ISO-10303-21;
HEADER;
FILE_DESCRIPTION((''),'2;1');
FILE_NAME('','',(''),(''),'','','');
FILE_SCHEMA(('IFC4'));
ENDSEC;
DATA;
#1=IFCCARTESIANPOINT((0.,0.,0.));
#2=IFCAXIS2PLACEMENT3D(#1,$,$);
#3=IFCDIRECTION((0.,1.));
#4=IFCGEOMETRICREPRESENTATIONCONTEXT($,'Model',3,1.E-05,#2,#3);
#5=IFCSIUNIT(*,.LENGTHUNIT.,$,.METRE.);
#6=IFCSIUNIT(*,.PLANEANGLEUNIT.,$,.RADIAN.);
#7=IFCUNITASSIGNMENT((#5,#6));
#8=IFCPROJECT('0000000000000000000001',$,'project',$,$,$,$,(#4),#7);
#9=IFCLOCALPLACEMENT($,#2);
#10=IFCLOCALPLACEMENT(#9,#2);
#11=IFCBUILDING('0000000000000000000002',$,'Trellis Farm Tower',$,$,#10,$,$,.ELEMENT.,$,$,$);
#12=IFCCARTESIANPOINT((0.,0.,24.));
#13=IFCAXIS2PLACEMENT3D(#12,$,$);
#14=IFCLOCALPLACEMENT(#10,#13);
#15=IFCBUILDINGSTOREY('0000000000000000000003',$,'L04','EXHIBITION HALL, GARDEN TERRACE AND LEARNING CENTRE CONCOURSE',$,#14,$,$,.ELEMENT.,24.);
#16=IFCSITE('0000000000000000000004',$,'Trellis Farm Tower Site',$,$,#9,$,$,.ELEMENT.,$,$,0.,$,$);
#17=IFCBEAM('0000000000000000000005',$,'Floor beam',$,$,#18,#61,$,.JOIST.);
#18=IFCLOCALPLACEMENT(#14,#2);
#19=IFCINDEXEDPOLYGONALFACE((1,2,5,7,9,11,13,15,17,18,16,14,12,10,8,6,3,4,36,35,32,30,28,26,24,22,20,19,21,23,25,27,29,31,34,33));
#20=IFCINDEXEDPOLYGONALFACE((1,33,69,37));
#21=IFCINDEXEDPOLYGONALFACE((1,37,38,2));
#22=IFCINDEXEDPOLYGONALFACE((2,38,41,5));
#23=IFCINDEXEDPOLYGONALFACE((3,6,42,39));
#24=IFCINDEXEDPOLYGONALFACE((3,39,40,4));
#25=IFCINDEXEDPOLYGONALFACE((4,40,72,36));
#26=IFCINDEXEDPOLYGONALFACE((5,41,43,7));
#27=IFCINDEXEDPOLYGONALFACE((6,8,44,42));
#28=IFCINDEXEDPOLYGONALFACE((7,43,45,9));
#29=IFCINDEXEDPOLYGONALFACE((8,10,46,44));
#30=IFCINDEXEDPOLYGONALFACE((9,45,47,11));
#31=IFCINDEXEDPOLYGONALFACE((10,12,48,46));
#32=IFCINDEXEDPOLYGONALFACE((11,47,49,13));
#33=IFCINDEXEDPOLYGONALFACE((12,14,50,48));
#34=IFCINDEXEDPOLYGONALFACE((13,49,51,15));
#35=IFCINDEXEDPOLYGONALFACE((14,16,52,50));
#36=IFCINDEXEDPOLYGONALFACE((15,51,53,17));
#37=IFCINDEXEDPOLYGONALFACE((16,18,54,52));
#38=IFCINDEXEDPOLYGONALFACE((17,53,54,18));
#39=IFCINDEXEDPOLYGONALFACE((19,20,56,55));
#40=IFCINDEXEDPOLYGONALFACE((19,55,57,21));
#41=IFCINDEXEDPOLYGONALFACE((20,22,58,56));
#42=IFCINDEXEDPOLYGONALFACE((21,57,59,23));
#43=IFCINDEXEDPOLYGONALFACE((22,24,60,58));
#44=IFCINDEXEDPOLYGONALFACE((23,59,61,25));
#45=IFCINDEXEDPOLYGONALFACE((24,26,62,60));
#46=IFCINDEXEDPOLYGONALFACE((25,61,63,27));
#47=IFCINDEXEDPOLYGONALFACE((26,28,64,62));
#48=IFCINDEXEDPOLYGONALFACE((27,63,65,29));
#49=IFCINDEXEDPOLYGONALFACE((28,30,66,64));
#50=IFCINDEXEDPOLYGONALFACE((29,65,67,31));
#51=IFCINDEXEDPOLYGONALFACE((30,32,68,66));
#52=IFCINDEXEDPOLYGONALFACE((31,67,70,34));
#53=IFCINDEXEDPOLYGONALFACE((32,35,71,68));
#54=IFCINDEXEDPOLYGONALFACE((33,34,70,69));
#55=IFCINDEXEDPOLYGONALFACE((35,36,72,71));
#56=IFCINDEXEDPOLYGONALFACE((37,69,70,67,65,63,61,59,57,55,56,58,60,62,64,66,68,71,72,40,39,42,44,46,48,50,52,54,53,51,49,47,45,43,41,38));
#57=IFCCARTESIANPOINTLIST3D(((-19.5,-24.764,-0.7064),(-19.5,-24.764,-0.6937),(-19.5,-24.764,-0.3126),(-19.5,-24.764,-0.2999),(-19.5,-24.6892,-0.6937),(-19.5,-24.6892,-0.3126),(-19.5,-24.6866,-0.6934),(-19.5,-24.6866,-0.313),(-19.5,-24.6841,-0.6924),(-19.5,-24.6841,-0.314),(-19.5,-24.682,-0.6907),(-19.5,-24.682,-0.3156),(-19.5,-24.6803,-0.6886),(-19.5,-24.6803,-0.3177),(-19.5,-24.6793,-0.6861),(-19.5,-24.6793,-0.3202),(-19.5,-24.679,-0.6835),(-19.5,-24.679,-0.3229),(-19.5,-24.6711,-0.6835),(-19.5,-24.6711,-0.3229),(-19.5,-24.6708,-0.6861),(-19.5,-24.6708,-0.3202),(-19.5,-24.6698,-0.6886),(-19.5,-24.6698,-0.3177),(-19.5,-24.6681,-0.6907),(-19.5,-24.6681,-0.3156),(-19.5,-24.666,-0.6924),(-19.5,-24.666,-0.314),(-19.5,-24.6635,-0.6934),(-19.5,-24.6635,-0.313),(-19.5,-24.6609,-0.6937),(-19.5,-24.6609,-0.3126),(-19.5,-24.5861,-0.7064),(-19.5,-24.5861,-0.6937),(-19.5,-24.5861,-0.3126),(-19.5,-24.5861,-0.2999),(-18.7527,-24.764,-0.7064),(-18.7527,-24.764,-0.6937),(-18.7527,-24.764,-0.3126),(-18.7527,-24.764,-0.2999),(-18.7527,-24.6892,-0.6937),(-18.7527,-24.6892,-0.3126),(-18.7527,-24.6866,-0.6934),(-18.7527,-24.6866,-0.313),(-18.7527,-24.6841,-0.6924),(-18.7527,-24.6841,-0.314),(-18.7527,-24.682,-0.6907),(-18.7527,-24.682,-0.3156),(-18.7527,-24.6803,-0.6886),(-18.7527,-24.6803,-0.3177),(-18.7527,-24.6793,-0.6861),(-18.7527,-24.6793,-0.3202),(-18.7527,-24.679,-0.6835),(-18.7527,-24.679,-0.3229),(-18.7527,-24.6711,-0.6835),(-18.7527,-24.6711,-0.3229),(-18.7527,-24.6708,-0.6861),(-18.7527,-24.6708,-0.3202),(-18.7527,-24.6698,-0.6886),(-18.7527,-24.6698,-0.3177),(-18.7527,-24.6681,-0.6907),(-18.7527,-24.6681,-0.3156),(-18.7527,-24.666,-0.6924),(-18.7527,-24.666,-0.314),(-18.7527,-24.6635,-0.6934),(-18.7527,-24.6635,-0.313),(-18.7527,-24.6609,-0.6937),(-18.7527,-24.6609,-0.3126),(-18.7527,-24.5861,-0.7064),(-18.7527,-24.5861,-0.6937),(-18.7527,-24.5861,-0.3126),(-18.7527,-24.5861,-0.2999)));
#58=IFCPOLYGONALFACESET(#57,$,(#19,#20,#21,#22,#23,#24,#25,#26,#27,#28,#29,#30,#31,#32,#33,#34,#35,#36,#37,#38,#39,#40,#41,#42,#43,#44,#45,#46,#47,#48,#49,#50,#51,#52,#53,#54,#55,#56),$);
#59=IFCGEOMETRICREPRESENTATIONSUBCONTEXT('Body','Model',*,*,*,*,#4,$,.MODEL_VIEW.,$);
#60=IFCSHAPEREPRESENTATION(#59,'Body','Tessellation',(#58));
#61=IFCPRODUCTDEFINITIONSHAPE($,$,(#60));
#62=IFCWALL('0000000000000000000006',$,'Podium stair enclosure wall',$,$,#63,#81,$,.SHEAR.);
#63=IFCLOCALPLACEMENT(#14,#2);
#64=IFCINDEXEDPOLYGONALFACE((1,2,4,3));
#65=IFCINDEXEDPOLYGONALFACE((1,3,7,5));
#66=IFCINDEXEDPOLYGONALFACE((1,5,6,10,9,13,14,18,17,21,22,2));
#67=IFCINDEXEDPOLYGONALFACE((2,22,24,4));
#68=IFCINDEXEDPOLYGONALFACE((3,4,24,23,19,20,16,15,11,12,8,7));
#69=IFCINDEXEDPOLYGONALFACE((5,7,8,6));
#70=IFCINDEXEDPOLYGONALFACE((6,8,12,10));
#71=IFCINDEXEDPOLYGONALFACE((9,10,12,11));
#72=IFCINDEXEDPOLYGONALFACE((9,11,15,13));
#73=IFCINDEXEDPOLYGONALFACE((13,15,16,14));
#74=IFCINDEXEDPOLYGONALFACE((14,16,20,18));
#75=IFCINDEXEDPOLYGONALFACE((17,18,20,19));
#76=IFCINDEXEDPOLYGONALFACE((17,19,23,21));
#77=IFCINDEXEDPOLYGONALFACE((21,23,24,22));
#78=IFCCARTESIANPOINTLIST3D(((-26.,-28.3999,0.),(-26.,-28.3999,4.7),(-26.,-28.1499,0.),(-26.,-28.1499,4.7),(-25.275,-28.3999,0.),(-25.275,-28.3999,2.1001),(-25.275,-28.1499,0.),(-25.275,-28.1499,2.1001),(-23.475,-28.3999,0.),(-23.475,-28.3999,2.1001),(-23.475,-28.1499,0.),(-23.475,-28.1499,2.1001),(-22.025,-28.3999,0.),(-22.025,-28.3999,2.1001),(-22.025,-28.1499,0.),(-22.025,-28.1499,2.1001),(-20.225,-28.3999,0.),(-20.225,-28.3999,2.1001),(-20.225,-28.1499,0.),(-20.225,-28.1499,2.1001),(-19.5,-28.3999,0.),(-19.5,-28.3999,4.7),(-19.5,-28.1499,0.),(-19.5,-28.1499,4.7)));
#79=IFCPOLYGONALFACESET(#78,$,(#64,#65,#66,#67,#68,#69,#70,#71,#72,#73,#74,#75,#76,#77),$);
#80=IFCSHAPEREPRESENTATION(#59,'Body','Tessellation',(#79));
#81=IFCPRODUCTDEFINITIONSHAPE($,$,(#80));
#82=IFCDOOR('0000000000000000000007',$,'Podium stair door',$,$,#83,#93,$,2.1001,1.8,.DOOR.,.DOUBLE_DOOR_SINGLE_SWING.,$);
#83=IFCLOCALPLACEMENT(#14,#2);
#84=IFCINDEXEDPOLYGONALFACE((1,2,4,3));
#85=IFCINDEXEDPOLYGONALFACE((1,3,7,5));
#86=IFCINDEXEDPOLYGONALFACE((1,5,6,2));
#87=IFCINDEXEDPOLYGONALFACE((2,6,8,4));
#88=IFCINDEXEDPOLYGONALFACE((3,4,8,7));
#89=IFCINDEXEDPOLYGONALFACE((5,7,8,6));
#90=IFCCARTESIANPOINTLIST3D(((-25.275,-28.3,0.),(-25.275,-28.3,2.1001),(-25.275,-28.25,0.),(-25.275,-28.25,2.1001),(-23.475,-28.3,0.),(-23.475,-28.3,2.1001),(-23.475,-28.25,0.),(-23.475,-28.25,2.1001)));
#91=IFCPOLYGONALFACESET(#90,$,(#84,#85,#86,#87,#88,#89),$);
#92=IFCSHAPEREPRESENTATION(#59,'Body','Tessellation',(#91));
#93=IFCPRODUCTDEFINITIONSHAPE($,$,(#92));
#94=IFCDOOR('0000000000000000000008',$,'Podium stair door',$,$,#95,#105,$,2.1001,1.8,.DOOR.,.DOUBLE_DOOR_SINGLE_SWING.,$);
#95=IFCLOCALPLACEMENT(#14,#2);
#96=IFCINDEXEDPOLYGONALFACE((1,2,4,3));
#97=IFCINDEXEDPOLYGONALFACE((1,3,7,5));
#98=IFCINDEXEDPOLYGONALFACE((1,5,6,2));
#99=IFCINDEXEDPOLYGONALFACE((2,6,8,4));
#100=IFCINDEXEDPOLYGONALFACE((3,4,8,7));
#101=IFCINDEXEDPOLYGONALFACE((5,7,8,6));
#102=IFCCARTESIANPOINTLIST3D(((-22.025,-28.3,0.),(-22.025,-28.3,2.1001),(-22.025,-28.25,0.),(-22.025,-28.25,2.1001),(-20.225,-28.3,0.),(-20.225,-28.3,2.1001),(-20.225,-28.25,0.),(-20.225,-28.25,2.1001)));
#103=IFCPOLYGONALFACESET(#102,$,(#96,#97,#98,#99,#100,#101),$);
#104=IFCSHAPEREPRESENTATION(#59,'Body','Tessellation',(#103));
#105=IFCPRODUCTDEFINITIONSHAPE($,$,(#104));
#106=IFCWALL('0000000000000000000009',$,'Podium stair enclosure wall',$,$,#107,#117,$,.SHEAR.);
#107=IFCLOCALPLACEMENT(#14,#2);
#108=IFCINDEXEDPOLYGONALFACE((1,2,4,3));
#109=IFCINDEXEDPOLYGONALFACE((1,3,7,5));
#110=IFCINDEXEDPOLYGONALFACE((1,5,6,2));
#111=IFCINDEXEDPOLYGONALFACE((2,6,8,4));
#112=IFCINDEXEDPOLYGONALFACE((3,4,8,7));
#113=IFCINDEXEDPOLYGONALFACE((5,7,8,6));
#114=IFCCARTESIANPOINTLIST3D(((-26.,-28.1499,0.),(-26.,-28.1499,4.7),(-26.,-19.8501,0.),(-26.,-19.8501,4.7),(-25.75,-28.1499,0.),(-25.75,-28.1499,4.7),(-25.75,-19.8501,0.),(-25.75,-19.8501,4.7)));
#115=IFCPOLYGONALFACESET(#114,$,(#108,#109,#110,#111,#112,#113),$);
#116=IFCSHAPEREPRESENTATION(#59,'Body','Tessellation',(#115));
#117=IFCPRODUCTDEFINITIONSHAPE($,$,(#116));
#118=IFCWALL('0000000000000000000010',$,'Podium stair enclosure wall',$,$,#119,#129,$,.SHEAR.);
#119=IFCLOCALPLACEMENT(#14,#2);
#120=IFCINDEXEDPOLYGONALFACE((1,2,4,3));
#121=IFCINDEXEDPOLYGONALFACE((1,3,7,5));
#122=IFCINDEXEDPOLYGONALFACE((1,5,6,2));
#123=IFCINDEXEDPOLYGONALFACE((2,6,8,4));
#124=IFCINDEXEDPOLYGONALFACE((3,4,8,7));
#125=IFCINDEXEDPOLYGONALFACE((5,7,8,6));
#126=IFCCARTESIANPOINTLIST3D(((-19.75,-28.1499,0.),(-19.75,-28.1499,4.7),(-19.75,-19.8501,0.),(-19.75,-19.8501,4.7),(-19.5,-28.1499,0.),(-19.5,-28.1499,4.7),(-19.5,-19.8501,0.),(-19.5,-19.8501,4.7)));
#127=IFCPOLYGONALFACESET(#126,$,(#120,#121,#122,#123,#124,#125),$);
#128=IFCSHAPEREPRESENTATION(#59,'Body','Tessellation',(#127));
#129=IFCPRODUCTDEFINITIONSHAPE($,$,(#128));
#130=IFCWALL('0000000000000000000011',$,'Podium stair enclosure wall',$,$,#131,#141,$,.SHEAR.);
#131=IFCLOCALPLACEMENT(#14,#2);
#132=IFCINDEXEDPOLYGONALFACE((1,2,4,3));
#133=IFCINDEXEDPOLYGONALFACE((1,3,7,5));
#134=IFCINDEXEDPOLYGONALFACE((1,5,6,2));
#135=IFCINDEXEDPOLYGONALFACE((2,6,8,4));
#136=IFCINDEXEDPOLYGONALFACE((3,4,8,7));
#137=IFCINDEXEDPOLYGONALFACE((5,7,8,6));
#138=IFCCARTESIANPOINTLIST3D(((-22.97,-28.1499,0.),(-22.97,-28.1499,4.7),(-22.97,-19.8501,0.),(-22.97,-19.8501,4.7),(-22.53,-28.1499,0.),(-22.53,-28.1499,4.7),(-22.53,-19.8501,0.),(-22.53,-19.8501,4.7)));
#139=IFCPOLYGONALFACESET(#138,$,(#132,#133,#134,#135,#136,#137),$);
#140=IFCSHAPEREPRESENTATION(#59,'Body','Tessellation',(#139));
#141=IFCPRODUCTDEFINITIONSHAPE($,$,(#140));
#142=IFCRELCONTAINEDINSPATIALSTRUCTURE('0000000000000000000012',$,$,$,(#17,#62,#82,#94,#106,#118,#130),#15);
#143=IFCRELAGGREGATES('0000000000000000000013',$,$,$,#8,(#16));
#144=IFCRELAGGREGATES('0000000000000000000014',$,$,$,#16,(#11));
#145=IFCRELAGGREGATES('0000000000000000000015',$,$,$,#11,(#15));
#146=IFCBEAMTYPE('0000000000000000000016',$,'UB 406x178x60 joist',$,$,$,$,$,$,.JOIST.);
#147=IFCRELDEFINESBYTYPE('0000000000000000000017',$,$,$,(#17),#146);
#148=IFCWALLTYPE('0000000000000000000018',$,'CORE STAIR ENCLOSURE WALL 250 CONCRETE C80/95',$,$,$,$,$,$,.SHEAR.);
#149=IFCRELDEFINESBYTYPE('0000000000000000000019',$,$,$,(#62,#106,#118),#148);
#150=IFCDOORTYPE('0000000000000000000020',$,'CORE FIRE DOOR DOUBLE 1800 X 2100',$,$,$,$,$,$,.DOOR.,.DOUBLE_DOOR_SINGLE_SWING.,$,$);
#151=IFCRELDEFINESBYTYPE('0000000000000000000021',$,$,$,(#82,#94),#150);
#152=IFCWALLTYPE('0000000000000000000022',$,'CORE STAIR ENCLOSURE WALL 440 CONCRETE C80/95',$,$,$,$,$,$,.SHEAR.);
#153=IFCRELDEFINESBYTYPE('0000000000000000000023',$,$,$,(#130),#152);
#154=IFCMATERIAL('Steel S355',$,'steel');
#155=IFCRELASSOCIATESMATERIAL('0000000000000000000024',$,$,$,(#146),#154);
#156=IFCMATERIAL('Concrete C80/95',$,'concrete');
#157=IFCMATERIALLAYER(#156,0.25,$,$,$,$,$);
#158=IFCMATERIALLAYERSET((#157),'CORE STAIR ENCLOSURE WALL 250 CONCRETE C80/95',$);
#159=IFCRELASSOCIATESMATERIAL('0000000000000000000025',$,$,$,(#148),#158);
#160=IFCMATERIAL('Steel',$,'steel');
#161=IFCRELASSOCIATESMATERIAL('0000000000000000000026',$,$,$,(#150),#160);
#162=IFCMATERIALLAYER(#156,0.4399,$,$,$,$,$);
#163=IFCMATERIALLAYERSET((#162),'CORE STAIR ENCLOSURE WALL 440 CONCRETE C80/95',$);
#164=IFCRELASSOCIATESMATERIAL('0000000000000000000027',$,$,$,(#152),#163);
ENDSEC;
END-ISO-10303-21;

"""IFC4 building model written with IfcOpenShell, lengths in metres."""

from ifc_helpers import new_model, si_unit, direction, frame, frame_2d, origin, origin_2d, place, context, subcontext, project, spatial, rectangle, i_section, extrude, source, transform, mapped, material, layer, layer_set, material_profile, profile_set, type_object, element, fill, save


model = new_model("IFC4")

# Units and contexts
model_context = context("Model", 3, precision=1e-05, world=origin(), true_north=direction((0.0, 1.0)))
body_context = subcontext(model_context, "Body", "Model", "MODEL_VIEW")
ifc_project = project(units=[si_unit("LENGTHUNIT", "METRE"), si_unit("PLANEANGLEUNIT", "RADIAN")], contexts=[model_context])

# Site, building, storey
site_placement = place(None, origin())
site = spatial("IfcSite", under=ifc_project, at=site_placement, Name="Trellis Farm Tower Site", CompositionType="ELEMENT", RefElevation=0.0)
building_placement = place(site_placement, origin())
building = spatial("IfcBuilding", under=site, at=building_placement, Name="Trellis Farm Tower", CompositionType="ELEMENT")
storey_placement = place(building_placement, frame((0.0, 0.0, 24.0)))
storey = spatial("IfcBuildingStorey", under=building, at=storey_placement, Name="L04", Description="EXHIBITION HALL, GARDEN TERRACE AND LEARNING CENTRE CONCOURSE", CompositionType="ELEMENT", Elevation=24.0)

# Beam
ifc_material_1 = material(Name="Steel S355", Category="steel")
ifc_material_profile_1 = material_profile(ifc_material_1, i_section(OverallWidth=0.178, OverallDepth=0.4065, WebThickness=0.0078, FlangeThickness=0.0127, FilletRadius=0.0103, at=origin_2d()), Name="UB 406x178x60")
ifc_profile_set_1 = profile_set([ifc_material_profile_1], Name="Steel S355")
beam_type_1 = type_object("IfcBeamType", Name="UB 406x178x60 joist", PredefinedType="JOIST", material=ifc_profile_set_1)
shared_shape_1 = source(origin(), body_context, "Body", "SweptSolid", [
    extrude(i_section(OverallWidth=0.178, OverallDepth=0.4065, WebThickness=0.0078, FlangeThickness=0.0127, FilletRadius=0.0103, at=origin_2d()), origin(), (0.0, 0.0, 1.0), 0.7473),
])
for number, where, z_axis, x_axis, name in (
    (1, (-19.5, -24.675, -0.5032), (1.0, 0.0, 0.0), (0.0, 1.0, 0.0), "Floor beam"),
):
    element("IfcBeam", number, at=place(storey_placement, frame(where, z_axis=z_axis, x_axis=x_axis)), inside=storey, type_object=beam_type_1, Name=name, PredefinedType="JOIST", context=body_context, shape_type="MappedRepresentation", body=[
        mapped(shared_shape_1, transform((0.0, 0.0, 0.0))),
    ])

# Wall, openings, doors
ifc_material_2 = material(Name="Concrete C80/95", Category="concrete")
ifc_layer_1 = layer(ifc_material_2, 0.25)
ifc_layer_set_1 = layer_set([ifc_layer_1], Name="CORE STAIR ENCLOSURE WALL 250 CONCRETE C80/95")
wall_type_1 = type_object("IfcWallType", Name="CORE STAIR ENCLOSURE WALL 250 CONCRETE C80/95", PredefinedType="SHEAR", material=ifc_layer_set_1)
shared_shape_2 = source(origin(), body_context, "Body", "SweptSolid", [
    extrude(rectangle(XDim=6.5, YDim=0.25, at=frame_2d((3.25, 0.0))), origin(), (0.0, 0.0, 1.0), 4.7),
])
wall_1_placement = place(storey_placement, frame((-26.0, -28.2749, 0.0), z_axis=(0.0, 0.0, 1.0), x_axis=(1.0, 0.0, 0.0)))
wall_1 = element("IfcWall", 2, at=wall_1_placement, inside=storey, type_object=wall_type_1, Name="Podium stair enclosure wall", PredefinedType="SHEAR", context=body_context, shape_type="MappedRepresentation", body=[
    mapped(shared_shape_2, transform((0.0, 0.0, 0.0))),
])
shared_shape_3 = source(origin(), body_context, "Body", "SweptSolid", [
    extrude(rectangle(XDim=1.8, YDim=2.1001, at=frame_2d((0.8999, 1.05))), frame((0.0, 0.135, 0.0), z_axis=(0.0, -1.0, 0.0), x_axis=(1.0, 0.0, 0.0)), (0.0, 0.0, 1.0), 0.27),
])
opening_1_placement = place(wall_1_placement, frame((0.7251, 0.0, 0.0)))
opening_1 = element("IfcOpeningElement", 3, at=opening_1_placement, cuts=wall_1, PredefinedType="OPENING", context=body_context, shape_type="MappedRepresentation", body=[
    mapped(shared_shape_3, transform((0.0, 0.0, 0.0))),
])
opening_2_placement = place(wall_1_placement, frame((3.9751, 0.0, 0.0)))
opening_2 = element("IfcOpeningElement", 4, at=opening_2_placement, cuts=wall_1, PredefinedType="OPENING", context=body_context, shape_type="MappedRepresentation", body=[
    mapped(shared_shape_3, transform((0.0, 0.0, 0.0))),
])
ifc_material_3 = material(Name="Steel", Category="steel")
door_type_1 = type_object("IfcDoorType", Name="CORE FIRE DOOR DOUBLE 1800 X 2100", OperationType="DOUBLE_DOOR_SINGLE_SWING", PredefinedType="DOOR", material=ifc_material_3)
shared_shape_4 = source(origin(), body_context, "Body", "SweptSolid", [
    extrude(rectangle(XDim=1.8, YDim=2.1001, at=frame_2d((0.8999, 1.05))), frame((0.0, 0.0249, 0.0), z_axis=(0.0, -1.0, 0.0), x_axis=(1.0, 0.0, 0.0)), (0.0, 0.0, 1.0), 0.05),
])
door_1_placement = place(opening_1_placement, origin())
door_1 = element("IfcDoor", 5, at=door_1_placement, inside=storey, type_object=door_type_1, Name="Podium stair door", OperationType="DOUBLE_DOOR_SINGLE_SWING", OverallHeight=2.1001, OverallWidth=1.8, PredefinedType="DOOR", context=body_context, shape_type="MappedRepresentation", body=[
    mapped(shared_shape_4, transform((0.0, 0.0, 0.0))),
])
fill(opening_1, door_1)
door_2_placement = place(opening_2_placement, origin())
door_2 = element("IfcDoor", 6, at=door_2_placement, inside=storey, type_object=door_type_1, Name="Podium stair door", OperationType="DOUBLE_DOOR_SINGLE_SWING", OverallHeight=2.1001, OverallWidth=1.8, PredefinedType="DOOR", context=body_context, shape_type="MappedRepresentation", body=[
    mapped(shared_shape_4, transform((0.0, 0.0, 0.0))),
])
fill(opening_2, door_2)

# Walls
shared_shape_5 = source(origin(), body_context, "Body", "SweptSolid", [
    extrude(rectangle(XDim=8.2998, YDim=0.25, at=frame_2d((4.1499, 0.0))), origin(), (0.0, 0.0, 1.0), 4.7),
])
for number, where, z_axis, x_axis, name in (
    (7, (-25.875, -28.1499, 0.0), (0.0, 0.0, 1.0), (0.0, 1.0, 0.0), "Podium stair enclosure wall"),
    (8, (-19.625, -28.1499, 0.0), (0.0, 0.0, 1.0), (0.0, 1.0, 0.0), "Podium stair enclosure wall"),
):
    element("IfcWall", number, at=place(storey_placement, frame(where, z_axis=z_axis, x_axis=x_axis)), inside=storey, type_object=wall_type_1, Name=name, PredefinedType="SHEAR", context=body_context, shape_type="MappedRepresentation", body=[
        mapped(shared_shape_5, transform((0.0, 0.0, 0.0))),
    ])
ifc_layer_2 = layer(ifc_material_2, 0.4399)
ifc_layer_set_2 = layer_set([ifc_layer_2], Name="CORE STAIR ENCLOSURE WALL 440 CONCRETE C80/95")
wall_type_2 = type_object("IfcWallType", Name="CORE STAIR ENCLOSURE WALL 440 CONCRETE C80/95", PredefinedType="SHEAR", material=ifc_layer_set_2)
shared_shape_6 = source(origin(), body_context, "Body", "SweptSolid", [
    extrude(rectangle(XDim=8.2998, YDim=0.4399, at=frame_2d((4.1499, 0.0))), origin(), (0.0, 0.0, 1.0), 4.7),
])
wall_2_placement = place(storey_placement, frame((-22.75, -28.1499, 0.0), z_axis=(0.0, 0.0, 1.0), x_axis=(0.0, 1.0, 0.0)))
element("IfcWall", 9, at=wall_2_placement, inside=storey, type_object=wall_type_2, Name="Podium stair enclosure wall", PredefinedType="SHEAR", context=body_context, shape_type="MappedRepresentation", body=[
    mapped(shared_shape_6, transform((0.0, 0.0, 0.0))),
])

save(model, "model.ifc")
